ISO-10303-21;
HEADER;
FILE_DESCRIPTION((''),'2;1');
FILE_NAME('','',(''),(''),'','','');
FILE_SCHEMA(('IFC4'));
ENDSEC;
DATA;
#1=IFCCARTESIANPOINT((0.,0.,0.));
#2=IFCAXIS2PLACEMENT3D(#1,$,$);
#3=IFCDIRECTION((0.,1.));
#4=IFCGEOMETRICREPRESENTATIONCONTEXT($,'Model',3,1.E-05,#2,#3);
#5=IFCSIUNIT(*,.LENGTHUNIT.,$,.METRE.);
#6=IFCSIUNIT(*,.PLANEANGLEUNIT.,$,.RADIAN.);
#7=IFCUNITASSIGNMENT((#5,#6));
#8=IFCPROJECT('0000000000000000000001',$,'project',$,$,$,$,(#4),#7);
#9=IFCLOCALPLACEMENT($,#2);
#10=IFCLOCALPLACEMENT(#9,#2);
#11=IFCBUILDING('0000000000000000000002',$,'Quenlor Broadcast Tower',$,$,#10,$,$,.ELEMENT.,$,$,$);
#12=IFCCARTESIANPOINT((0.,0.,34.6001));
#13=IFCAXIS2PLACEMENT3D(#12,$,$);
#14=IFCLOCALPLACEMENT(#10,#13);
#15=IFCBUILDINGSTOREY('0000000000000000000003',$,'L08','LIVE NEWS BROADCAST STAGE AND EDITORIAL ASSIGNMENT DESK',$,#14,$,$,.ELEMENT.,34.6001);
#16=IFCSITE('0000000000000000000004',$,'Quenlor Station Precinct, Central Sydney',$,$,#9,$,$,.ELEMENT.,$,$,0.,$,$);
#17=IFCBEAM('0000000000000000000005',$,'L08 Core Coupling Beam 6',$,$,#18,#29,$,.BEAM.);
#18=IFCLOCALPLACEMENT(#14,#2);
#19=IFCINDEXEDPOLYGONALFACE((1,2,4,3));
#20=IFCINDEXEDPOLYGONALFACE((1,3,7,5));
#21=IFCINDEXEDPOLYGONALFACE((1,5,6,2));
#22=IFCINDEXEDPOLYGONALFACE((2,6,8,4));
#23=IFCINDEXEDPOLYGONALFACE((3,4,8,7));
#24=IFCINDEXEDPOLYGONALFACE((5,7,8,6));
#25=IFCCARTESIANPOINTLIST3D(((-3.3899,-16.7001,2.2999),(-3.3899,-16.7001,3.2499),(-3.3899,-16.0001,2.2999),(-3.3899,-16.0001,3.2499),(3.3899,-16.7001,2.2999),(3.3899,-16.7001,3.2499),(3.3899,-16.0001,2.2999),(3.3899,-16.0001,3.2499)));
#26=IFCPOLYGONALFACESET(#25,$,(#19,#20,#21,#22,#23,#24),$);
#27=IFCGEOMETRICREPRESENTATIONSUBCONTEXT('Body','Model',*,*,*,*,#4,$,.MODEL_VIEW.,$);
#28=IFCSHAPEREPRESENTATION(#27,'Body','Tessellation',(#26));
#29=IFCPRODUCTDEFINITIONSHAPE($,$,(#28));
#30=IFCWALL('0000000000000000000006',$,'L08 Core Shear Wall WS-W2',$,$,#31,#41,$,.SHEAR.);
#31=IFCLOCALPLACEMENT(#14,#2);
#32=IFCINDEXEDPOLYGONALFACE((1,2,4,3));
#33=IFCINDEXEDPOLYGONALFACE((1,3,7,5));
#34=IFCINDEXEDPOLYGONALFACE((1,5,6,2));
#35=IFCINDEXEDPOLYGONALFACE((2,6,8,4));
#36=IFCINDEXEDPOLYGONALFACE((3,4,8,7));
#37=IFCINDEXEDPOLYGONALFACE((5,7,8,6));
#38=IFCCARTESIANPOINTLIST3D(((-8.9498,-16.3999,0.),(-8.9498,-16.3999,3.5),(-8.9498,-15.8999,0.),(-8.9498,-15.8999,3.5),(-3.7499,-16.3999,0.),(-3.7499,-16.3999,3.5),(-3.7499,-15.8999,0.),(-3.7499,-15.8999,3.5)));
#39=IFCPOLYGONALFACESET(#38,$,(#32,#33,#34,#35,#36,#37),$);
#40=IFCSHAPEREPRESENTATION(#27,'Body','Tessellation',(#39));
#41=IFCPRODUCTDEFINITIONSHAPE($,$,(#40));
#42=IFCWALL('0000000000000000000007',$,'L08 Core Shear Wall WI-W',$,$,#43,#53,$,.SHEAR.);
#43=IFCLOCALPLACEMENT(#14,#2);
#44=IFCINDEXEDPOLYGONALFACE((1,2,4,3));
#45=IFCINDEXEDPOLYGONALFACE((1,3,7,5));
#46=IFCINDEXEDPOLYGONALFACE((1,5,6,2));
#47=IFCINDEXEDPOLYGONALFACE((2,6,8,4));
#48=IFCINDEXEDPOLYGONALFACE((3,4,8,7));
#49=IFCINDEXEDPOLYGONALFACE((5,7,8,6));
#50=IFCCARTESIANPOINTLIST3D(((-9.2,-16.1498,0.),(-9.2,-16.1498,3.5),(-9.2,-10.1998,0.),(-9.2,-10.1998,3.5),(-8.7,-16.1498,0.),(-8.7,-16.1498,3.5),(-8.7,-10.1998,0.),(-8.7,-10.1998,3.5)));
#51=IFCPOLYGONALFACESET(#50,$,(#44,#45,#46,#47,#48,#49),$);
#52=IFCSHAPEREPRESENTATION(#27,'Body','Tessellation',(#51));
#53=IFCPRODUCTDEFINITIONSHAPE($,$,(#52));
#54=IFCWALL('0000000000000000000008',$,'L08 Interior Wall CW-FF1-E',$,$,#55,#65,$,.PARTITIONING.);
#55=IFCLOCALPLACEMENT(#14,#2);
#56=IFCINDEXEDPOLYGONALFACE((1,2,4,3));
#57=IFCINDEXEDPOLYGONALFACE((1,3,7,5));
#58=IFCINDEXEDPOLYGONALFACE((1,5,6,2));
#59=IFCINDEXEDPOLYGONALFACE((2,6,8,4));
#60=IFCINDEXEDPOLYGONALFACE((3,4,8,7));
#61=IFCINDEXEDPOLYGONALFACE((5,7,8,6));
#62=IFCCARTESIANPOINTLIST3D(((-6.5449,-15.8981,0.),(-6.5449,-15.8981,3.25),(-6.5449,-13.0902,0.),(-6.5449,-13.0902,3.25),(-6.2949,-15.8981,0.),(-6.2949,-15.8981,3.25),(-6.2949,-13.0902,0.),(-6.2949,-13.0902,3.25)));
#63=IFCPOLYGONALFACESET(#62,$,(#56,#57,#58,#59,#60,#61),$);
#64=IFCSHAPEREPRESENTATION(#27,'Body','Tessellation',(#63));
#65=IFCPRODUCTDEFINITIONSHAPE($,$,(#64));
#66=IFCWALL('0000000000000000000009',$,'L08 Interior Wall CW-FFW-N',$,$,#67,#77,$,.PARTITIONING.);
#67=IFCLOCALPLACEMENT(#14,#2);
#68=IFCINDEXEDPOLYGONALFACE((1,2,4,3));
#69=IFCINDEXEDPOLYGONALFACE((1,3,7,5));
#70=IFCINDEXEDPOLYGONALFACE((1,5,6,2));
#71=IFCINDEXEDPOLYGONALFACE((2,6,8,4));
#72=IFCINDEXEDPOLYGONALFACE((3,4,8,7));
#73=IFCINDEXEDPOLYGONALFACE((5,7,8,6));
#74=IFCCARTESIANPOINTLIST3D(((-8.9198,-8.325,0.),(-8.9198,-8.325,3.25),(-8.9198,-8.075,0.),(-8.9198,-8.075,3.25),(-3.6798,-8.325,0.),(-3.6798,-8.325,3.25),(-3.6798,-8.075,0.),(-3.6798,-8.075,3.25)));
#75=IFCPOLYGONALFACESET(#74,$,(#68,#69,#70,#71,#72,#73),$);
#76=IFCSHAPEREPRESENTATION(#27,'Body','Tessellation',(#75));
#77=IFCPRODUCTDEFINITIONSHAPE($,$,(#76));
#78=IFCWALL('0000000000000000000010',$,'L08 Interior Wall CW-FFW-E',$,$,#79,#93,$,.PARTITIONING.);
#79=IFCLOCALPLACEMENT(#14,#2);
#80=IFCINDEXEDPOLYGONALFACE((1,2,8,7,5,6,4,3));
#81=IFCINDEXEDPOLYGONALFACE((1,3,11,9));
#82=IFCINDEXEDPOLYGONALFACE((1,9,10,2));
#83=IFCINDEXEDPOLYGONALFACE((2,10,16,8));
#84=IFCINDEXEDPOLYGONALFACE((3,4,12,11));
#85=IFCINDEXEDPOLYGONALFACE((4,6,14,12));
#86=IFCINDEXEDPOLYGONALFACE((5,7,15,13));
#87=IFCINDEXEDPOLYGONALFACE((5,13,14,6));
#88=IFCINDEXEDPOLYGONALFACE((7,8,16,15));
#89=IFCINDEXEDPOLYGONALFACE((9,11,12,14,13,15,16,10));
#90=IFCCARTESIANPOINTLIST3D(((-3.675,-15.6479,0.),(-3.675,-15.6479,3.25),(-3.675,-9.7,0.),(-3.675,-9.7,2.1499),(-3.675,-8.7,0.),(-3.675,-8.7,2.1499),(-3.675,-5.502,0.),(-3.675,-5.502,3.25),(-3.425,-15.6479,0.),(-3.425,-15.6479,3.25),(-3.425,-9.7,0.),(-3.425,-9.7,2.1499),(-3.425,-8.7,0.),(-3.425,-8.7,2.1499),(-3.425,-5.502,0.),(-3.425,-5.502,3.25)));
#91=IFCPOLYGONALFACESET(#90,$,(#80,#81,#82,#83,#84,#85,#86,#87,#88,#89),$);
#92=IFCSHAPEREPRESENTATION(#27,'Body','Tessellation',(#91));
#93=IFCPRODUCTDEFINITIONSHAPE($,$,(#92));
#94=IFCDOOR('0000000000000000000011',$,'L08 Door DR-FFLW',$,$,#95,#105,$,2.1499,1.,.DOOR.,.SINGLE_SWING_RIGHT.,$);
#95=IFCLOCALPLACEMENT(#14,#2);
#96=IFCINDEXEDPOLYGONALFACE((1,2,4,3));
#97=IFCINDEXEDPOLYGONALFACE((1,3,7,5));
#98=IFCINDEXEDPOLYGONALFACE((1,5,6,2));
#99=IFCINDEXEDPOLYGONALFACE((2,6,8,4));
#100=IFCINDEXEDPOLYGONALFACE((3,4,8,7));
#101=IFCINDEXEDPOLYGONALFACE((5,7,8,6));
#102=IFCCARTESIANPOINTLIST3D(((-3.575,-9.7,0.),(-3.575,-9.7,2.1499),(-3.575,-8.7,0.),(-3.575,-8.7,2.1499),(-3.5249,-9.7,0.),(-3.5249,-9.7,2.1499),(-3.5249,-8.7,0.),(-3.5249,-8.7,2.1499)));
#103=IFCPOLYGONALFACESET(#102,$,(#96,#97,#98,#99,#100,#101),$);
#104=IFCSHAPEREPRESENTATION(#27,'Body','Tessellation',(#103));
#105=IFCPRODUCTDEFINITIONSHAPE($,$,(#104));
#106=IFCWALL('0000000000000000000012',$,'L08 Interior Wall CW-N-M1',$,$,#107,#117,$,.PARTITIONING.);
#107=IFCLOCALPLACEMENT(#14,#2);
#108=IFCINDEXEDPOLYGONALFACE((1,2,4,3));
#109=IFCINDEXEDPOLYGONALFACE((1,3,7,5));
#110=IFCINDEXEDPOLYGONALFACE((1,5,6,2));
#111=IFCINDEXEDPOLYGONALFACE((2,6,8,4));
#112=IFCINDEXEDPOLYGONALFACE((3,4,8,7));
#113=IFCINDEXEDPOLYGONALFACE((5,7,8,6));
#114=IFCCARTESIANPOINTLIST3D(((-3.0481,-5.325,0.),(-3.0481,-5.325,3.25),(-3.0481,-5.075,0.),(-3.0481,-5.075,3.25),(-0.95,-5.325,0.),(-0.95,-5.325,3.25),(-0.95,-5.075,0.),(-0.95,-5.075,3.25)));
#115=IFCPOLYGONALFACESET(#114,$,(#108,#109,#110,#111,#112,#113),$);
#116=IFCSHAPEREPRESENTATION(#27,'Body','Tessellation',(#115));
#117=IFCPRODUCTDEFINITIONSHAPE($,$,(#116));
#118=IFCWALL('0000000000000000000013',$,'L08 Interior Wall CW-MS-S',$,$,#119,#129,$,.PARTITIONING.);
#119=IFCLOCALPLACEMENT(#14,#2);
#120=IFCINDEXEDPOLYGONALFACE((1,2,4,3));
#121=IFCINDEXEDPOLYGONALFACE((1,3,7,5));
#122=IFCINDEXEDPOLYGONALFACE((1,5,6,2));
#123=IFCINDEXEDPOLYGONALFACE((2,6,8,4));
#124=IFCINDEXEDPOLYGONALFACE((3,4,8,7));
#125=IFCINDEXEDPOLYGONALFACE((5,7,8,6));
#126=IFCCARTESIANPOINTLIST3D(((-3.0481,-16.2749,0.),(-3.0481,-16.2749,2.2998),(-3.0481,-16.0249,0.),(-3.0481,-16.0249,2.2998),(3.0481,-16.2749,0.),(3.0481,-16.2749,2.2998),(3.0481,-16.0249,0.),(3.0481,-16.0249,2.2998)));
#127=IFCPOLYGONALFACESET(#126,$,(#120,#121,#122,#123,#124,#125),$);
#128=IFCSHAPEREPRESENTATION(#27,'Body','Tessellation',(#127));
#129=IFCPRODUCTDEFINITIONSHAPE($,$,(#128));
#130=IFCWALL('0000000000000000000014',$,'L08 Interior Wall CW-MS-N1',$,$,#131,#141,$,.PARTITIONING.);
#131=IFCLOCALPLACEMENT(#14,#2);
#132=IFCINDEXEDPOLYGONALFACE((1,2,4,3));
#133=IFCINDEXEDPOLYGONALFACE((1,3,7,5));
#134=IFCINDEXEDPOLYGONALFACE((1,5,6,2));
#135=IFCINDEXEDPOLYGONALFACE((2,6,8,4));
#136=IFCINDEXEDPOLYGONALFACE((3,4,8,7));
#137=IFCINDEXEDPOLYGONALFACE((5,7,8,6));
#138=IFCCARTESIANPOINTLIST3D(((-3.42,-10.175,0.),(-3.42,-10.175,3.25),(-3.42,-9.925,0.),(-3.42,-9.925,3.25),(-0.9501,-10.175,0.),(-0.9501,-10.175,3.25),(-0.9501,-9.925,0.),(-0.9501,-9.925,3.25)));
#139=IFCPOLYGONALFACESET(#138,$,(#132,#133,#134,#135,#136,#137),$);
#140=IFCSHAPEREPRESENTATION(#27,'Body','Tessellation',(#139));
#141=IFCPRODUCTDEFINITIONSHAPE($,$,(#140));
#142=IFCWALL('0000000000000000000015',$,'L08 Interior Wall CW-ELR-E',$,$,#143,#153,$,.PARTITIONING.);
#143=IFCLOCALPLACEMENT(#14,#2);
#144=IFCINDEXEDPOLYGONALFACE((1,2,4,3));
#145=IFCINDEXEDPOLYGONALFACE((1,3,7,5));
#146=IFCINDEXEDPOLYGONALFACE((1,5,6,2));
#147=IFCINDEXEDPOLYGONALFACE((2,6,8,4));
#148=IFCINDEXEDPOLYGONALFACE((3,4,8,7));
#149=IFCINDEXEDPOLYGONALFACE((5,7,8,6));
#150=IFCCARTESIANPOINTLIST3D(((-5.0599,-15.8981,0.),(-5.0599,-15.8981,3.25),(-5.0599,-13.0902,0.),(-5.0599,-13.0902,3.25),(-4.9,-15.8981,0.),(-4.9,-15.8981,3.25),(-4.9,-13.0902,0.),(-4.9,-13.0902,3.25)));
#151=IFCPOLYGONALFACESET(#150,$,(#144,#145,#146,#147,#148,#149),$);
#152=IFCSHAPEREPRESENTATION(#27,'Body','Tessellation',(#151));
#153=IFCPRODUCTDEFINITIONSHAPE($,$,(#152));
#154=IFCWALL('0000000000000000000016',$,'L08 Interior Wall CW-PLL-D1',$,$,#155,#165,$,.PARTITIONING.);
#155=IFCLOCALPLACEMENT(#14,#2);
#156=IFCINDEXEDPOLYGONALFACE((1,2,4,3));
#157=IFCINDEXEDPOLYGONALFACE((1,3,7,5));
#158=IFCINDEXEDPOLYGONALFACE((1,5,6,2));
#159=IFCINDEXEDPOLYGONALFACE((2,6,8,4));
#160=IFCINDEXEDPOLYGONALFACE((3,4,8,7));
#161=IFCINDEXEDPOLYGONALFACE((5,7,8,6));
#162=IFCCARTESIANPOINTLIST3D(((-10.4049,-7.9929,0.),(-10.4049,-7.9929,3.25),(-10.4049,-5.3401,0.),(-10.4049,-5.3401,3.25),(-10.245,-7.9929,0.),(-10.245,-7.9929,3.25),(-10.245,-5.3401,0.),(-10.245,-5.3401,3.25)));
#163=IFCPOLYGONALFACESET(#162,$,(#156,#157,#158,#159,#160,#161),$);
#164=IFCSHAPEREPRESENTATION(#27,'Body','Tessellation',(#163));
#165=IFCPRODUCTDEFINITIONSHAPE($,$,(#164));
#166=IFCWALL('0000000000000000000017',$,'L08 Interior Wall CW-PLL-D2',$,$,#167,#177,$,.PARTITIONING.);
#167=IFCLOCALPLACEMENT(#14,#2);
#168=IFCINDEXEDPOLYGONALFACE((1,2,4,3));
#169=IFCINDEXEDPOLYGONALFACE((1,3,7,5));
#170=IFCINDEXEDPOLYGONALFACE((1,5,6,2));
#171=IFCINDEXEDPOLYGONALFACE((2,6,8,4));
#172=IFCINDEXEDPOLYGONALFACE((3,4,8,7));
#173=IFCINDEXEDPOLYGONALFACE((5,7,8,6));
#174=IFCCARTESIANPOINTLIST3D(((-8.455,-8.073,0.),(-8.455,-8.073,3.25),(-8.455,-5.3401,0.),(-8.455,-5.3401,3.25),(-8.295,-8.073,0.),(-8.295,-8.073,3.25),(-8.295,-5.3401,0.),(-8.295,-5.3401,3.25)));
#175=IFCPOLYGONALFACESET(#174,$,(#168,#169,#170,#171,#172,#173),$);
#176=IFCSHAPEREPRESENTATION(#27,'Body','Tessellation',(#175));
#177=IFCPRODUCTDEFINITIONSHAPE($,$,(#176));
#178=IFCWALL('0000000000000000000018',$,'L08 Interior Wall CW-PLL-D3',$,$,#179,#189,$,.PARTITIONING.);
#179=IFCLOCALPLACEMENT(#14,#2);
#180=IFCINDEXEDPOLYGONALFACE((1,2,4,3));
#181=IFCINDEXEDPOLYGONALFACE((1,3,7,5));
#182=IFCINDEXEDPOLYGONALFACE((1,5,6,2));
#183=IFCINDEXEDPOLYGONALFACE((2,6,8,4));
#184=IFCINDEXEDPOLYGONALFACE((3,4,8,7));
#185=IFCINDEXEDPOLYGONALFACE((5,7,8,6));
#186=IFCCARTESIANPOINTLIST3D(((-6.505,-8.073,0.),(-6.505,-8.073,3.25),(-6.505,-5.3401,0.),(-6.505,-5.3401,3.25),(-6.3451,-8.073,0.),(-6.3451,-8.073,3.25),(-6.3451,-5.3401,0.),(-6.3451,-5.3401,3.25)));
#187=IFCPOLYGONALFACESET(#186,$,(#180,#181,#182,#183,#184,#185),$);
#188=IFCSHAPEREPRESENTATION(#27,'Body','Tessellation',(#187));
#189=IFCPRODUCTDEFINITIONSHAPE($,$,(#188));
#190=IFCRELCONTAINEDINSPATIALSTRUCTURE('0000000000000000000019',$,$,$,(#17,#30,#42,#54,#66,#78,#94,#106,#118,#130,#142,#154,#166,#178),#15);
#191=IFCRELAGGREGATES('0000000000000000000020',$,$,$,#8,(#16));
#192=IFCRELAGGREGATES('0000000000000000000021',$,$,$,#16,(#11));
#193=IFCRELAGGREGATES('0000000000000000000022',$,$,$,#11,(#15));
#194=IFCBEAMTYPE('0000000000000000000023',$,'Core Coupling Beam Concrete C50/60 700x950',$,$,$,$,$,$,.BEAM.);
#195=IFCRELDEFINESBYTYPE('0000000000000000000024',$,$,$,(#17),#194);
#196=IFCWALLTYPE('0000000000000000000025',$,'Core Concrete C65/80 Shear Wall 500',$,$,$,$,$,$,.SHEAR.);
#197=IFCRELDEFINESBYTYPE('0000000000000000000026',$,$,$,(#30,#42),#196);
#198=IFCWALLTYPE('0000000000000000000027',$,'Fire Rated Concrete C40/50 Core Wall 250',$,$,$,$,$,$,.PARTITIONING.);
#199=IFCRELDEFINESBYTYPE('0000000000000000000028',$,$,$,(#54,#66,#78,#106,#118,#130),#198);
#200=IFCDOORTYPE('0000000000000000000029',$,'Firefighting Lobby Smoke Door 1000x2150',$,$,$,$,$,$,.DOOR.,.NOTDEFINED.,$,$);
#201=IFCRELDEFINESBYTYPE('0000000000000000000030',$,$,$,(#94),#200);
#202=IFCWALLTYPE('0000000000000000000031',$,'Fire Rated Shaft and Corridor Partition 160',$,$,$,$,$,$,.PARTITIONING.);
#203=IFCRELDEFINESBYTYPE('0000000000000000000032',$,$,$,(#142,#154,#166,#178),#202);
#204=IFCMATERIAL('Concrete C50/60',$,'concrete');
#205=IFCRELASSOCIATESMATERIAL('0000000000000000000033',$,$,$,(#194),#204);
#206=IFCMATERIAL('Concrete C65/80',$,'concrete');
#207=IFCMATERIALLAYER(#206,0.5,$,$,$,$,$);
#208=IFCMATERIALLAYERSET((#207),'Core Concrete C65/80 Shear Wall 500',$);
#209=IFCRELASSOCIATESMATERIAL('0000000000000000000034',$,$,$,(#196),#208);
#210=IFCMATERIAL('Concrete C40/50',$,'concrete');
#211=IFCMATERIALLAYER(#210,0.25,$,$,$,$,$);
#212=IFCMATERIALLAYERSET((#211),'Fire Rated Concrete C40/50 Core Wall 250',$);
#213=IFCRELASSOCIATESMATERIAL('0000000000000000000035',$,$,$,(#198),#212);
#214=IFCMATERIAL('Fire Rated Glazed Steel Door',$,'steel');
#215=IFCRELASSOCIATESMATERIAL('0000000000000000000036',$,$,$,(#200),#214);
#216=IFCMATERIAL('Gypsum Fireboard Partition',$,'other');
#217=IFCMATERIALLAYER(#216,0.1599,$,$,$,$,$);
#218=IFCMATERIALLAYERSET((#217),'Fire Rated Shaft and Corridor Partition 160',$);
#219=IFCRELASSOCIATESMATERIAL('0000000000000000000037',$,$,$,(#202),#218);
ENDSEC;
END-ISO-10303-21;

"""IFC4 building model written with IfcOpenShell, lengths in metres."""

from ifc_helpers import new_model, si_unit, direction, frame, frame_2d, origin, origin_2d, place, context, subcontext, project, spatial, rectangle, extrude, material, layer, layer_set, material_profile, profile_set, type_object, element, fill, save


model = new_model("IFC4")

# Units and contexts
model_context = context("Model", 3, precision=1e-05, world=origin(), true_north=direction((0.0, 1.0)))
body_context = subcontext(model_context, "Body", "Model", "MODEL_VIEW")
ifc_project = project(units=[si_unit("LENGTHUNIT", "METRE"), si_unit("PLANEANGLEUNIT", "RADIAN")], contexts=[model_context])

# Site, building, storey
site_placement = place(None, origin())
site = spatial("IfcSite", under=ifc_project, at=site_placement, Name="Quenlor Station Precinct, Central Sydney", CompositionType="ELEMENT", RefElevation=0.0)
building_placement = place(site_placement, origin())
building = spatial("IfcBuilding", under=site, at=building_placement, Name="Quenlor Broadcast Tower", CompositionType="ELEMENT")
storey_placement = place(building_placement, frame((0.0, 0.0, 34.6001)))
storey = spatial("IfcBuildingStorey", under=building, at=storey_placement, Name="L08", Description="LIVE NEWS BROADCAST STAGE AND EDITORIAL ASSIGNMENT DESK", CompositionType="ELEMENT", Elevation=34.6001)

# Beam
ifc_material_1 = material(Name="Concrete C50/60", Category="concrete")
ifc_material_profile = material_profile(ifc_material_1, rectangle(XDim=0.7, YDim=0.95, at=origin_2d()))
ifc_profile_set = profile_set([ifc_material_profile], Name="Concrete C50/60 RCB700x950")
beam_type = type_object("IfcBeamType", Name="Core Coupling Beam Concrete C50/60 700x950", PredefinedType="BEAM", material=ifc_profile_set)
beam_placement = place(storey_placement, frame((-3.3899, -16.3501, 2.7749), z_axis=(1.0, 0.0, 0.0), x_axis=(0.0, 1.0, 0.0)))
element("IfcBeam", 1, at=beam_placement, inside=storey, type_object=beam_type, Name="L08 Core Coupling Beam 6", PredefinedType="BEAM", context=body_context, shape_type="SweptSolid", body=[
    extrude(rectangle(XDim=0.7, YDim=0.95, at=origin_2d()), origin(), (0.0, 0.0, 1.0), 6.7798),
])

# Walls
ifc_material_2 = material(Name="Concrete C65/80", Category="concrete")
ifc_layer_1 = layer(ifc_material_2, 0.5)
ifc_layer_set_1 = layer_set([ifc_layer_1], Name="Core Concrete C65/80 Shear Wall 500")
wall_type_1 = type_object("IfcWallType", Name="Core Concrete C65/80 Shear Wall 500", PredefinedType="SHEAR", material=ifc_layer_set_1)
wall_1_placement = place(storey_placement, frame((-8.95, -16.1499, 0.0), z_axis=(0.0, 0.0, 1.0), x_axis=(1.0, 0.0, 0.0)))
element("IfcWall", 2, at=wall_1_placement, inside=storey, type_object=wall_type_1, Name="L08 Core Shear Wall WS-W2", PredefinedType="SHEAR", context=body_context, shape_type="SweptSolid", body=[
    extrude(rectangle(XDim=5.2, YDim=0.5, at=frame_2d((2.6001, 0.0))), origin(), (0.0, 0.0, 1.0), 3.5),
])
wall_2_placement = place(storey_placement, frame((-8.95, -16.1499, 0.0), z_axis=(0.0, 0.0, 1.0), x_axis=(0.0, 1.0, 0.0)))
element("IfcWall", 3, at=wall_2_placement, inside=storey, type_object=wall_type_1, Name="L08 Core Shear Wall WI-W", PredefinedType="SHEAR", context=body_context, shape_type="SweptSolid", body=[
    extrude(rectangle(XDim=5.95, YDim=0.5, at=frame_2d((2.9751, 0.0))), origin(), (0.0, 0.0, 1.0), 3.5),
])

# Shared definitions
ifc_material_3 = material(Name="Concrete C40/50", Category="concrete")
ifc_layer_2 = layer(ifc_material_3, 0.25)
ifc_layer_set_2 = layer_set([ifc_layer_2], Name="Fire Rated Concrete C40/50 Core Wall 250")
wall_type_2 = type_object("IfcWallType", Name="Fire Rated Concrete C40/50 Core Wall 250", PredefinedType="PARTITIONING", material=ifc_layer_set_2)

# Walls
wall_3_placement = place(storey_placement, frame((-6.4199, -15.8979, 0.0), z_axis=(0.0, 0.0, 1.0), x_axis=(0.0, 1.0, 0.0)))
element("IfcWall", 4, at=wall_3_placement, inside=storey, type_object=wall_type_2, Name="L08 Interior Wall CW-FF1-E", PredefinedType="PARTITIONING", context=body_context, shape_type="SweptSolid", body=[
    extrude(rectangle(XDim=2.8079, YDim=0.25, at=frame_2d((1.4038, 0.0))), origin(), (0.0, 0.0, 1.0), 3.25),
])
wall_4_placement = place(storey_placement, frame((-8.9199, -8.2, 0.0), z_axis=(0.0, 0.0, 1.0), x_axis=(1.0, 0.0, 0.0)))
element("IfcWall", 5, at=wall_4_placement, inside=storey, type_object=wall_type_2, Name="L08 Interior Wall CW-FFW-N", PredefinedType="PARTITIONING", context=body_context, shape_type="SweptSolid", body=[
    extrude(rectangle(XDim=5.24, YDim=0.25, at=frame_2d((2.6201, 0.0))), origin(), (0.0, 0.0, 1.0), 3.25),
])

# Wall, opening, door
wall_5_placement = place(storey_placement, frame((-3.55, -15.6479, 0.0), z_axis=(0.0, 0.0, 1.0), x_axis=(0.0, 1.0, 0.0)))
wall_5 = element("IfcWall", 6, at=wall_5_placement, inside=storey, type_object=wall_type_2, Name="L08 Interior Wall CW-FFW-E", PredefinedType="PARTITIONING", context=body_context, shape_type="SweptSolid", body=[
    extrude(rectangle(XDim=10.146, YDim=0.25, at=frame_2d((5.073, 0.0))), origin(), (0.0, 0.0, 1.0), 3.25),
])
opening_1_placement = place(wall_5_placement, frame((5.948, 0.0, 0.0)))
opening_1 = element("IfcOpeningElement", 7, at=opening_1_placement, cuts=wall_5, PredefinedType="OPENING", context=body_context, shape_type="SweptSolid", body=[
    extrude(rectangle(XDim=1.0, YDim=2.1499, at=frame_2d((0.5, 1.075))), frame((0.0, 0.135, 0.0), z_axis=(0.0, -1.0, 0.0), x_axis=(1.0, 0.0, 0.0)), (0.0, 0.0, 1.0), 0.27),
])
ifc_material_4 = material(Name="Fire Rated Glazed Steel Door", Category="steel")
door_type_1 = type_object("IfcDoorType", Name="Firefighting Lobby Smoke Door 1000x2150", OperationType="NOTDEFINED", PredefinedType="DOOR", material=ifc_material_4)
door_1_placement = place(opening_1_placement, origin())
door_1 = element("IfcDoor", 8, at=door_1_placement, inside=storey, type_object=door_type_1, Name="L08 Door DR-FFLW", OperationType="SINGLE_SWING_RIGHT", OverallHeight=2.1499, OverallWidth=1.0, PredefinedType="DOOR", context=body_context, shape_type="SweptSolid", body=[
    extrude(rectangle(XDim=1.0, YDim=2.1499, at=frame_2d((0.5, 1.075))), frame((0.0, 0.0249, 0.0), z_axis=(0.0, -1.0, 0.0), x_axis=(1.0, 0.0, 0.0)), (0.0, 0.0, 1.0), 0.05),
])
fill(opening_1, door_1)

# Walls
wall_6_placement = place(storey_placement, frame((-3.0481, -5.2, 0.0), z_axis=(0.0, 0.0, 1.0), x_axis=(1.0, 0.0, 0.0)))
element("IfcWall", 9, at=wall_6_placement, inside=storey, type_object=wall_type_2, Name="L08 Interior Wall CW-N-M1", PredefinedType="PARTITIONING", context=body_context, shape_type="SweptSolid", body=[
    extrude(rectangle(XDim=2.0981, YDim=0.25, at=frame_2d((1.0491, 0.0))), origin(), (0.0, 0.0, 1.0), 3.25),
])
wall_7_placement = place(storey_placement, frame((-3.0481, -16.1499, 0.0), z_axis=(0.0, 0.0, 1.0), x_axis=(1.0, 0.0, 0.0)))
element("IfcWall", 10, at=wall_7_placement, inside=storey, type_object=wall_type_2, Name="L08 Interior Wall CW-MS-S", PredefinedType="PARTITIONING", context=body_context, shape_type="SweptSolid", body=[
    extrude(rectangle(XDim=6.0962, YDim=0.25, at=frame_2d((3.0481, 0.0))), origin(), (0.0, 0.0, 1.0), 2.2998),
])
wall_8_placement = place(storey_placement, frame((-3.4199, -10.05, 0.0), z_axis=(0.0, 0.0, 1.0), x_axis=(1.0, 0.0, 0.0)))
element("IfcWall", 11, at=wall_8_placement, inside=storey, type_object=wall_type_2, Name="L08 Interior Wall CW-MS-N1", PredefinedType="PARTITIONING", context=body_context, shape_type="SweptSolid", body=[
    extrude(rectangle(XDim=2.47, YDim=0.25, at=frame_2d((1.2349, 0.0))), origin(), (0.0, 0.0, 1.0), 3.25),
])
ifc_material_5 = material(Name="Gypsum Fireboard Partition", Category="other")
ifc_layer_3 = layer(ifc_material_5, 0.1599)
ifc_layer_set_3 = layer_set([ifc_layer_3], Name="Fire Rated Shaft and Corridor Partition 160")
wall_type_3 = type_object("IfcWallType", Name="Fire Rated Shaft and Corridor Partition 160", PredefinedType="PARTITIONING", material=ifc_layer_set_3)
wall_9_placement = place(storey_placement, frame((-4.98, -15.8979, 0.0), z_axis=(0.0, 0.0, 1.0), x_axis=(0.0, 1.0, 0.0)))
element("IfcWall", 12, at=wall_9_placement, inside=storey, type_object=wall_type_3, Name="L08 Interior Wall CW-ELR-E", PredefinedType="PARTITIONING", context=body_context, shape_type="SweptSolid", body=[
    extrude(rectangle(XDim=2.8079, YDim=0.1599, at=frame_2d((1.4038, 0.0))), origin(), (0.0, 0.0, 1.0), 3.25),
])
wall_10_placement = place(storey_placement, frame((-10.325, -7.9929, 0.0), z_axis=(0.0, 0.0, 1.0), x_axis=(0.0, 1.0, 0.0)))
element("IfcWall", 13, at=wall_10_placement, inside=storey, type_object=wall_type_3, Name="L08 Interior Wall CW-PLL-D1", PredefinedType="PARTITIONING", context=body_context, shape_type="SweptSolid", body=[
    extrude(rectangle(XDim=2.6528, YDim=0.1599, at=frame_2d((1.3264, 0.0))), origin(), (0.0, 0.0, 1.0), 3.25),
])
for number, where, z_axis, x_axis, name in (
    (14, (-8.375, -8.073, 0.0), (0.0, 0.0, 1.0), (0.0, 1.0, 0.0), "L08 Interior Wall CW-PLL-D2"),
    (15, (-6.425, -8.073, 0.0), (0.0, 0.0, 1.0), (0.0, 1.0, 0.0), "L08 Interior Wall CW-PLL-D3"),
):
    element("IfcWall", number, at=place(storey_placement, frame(where, z_axis=z_axis, x_axis=x_axis)), inside=storey, type_object=wall_type_3, Name=name, PredefinedType="PARTITIONING", context=body_context, shape_type="SweptSolid", body=[
        extrude(rectangle(XDim=2.7329, YDim=0.1599, at=frame_2d((1.3665, 0.0))), origin(), (0.0, 0.0, 1.0), 3.25),
    ])

save(model, "model.ifc")
